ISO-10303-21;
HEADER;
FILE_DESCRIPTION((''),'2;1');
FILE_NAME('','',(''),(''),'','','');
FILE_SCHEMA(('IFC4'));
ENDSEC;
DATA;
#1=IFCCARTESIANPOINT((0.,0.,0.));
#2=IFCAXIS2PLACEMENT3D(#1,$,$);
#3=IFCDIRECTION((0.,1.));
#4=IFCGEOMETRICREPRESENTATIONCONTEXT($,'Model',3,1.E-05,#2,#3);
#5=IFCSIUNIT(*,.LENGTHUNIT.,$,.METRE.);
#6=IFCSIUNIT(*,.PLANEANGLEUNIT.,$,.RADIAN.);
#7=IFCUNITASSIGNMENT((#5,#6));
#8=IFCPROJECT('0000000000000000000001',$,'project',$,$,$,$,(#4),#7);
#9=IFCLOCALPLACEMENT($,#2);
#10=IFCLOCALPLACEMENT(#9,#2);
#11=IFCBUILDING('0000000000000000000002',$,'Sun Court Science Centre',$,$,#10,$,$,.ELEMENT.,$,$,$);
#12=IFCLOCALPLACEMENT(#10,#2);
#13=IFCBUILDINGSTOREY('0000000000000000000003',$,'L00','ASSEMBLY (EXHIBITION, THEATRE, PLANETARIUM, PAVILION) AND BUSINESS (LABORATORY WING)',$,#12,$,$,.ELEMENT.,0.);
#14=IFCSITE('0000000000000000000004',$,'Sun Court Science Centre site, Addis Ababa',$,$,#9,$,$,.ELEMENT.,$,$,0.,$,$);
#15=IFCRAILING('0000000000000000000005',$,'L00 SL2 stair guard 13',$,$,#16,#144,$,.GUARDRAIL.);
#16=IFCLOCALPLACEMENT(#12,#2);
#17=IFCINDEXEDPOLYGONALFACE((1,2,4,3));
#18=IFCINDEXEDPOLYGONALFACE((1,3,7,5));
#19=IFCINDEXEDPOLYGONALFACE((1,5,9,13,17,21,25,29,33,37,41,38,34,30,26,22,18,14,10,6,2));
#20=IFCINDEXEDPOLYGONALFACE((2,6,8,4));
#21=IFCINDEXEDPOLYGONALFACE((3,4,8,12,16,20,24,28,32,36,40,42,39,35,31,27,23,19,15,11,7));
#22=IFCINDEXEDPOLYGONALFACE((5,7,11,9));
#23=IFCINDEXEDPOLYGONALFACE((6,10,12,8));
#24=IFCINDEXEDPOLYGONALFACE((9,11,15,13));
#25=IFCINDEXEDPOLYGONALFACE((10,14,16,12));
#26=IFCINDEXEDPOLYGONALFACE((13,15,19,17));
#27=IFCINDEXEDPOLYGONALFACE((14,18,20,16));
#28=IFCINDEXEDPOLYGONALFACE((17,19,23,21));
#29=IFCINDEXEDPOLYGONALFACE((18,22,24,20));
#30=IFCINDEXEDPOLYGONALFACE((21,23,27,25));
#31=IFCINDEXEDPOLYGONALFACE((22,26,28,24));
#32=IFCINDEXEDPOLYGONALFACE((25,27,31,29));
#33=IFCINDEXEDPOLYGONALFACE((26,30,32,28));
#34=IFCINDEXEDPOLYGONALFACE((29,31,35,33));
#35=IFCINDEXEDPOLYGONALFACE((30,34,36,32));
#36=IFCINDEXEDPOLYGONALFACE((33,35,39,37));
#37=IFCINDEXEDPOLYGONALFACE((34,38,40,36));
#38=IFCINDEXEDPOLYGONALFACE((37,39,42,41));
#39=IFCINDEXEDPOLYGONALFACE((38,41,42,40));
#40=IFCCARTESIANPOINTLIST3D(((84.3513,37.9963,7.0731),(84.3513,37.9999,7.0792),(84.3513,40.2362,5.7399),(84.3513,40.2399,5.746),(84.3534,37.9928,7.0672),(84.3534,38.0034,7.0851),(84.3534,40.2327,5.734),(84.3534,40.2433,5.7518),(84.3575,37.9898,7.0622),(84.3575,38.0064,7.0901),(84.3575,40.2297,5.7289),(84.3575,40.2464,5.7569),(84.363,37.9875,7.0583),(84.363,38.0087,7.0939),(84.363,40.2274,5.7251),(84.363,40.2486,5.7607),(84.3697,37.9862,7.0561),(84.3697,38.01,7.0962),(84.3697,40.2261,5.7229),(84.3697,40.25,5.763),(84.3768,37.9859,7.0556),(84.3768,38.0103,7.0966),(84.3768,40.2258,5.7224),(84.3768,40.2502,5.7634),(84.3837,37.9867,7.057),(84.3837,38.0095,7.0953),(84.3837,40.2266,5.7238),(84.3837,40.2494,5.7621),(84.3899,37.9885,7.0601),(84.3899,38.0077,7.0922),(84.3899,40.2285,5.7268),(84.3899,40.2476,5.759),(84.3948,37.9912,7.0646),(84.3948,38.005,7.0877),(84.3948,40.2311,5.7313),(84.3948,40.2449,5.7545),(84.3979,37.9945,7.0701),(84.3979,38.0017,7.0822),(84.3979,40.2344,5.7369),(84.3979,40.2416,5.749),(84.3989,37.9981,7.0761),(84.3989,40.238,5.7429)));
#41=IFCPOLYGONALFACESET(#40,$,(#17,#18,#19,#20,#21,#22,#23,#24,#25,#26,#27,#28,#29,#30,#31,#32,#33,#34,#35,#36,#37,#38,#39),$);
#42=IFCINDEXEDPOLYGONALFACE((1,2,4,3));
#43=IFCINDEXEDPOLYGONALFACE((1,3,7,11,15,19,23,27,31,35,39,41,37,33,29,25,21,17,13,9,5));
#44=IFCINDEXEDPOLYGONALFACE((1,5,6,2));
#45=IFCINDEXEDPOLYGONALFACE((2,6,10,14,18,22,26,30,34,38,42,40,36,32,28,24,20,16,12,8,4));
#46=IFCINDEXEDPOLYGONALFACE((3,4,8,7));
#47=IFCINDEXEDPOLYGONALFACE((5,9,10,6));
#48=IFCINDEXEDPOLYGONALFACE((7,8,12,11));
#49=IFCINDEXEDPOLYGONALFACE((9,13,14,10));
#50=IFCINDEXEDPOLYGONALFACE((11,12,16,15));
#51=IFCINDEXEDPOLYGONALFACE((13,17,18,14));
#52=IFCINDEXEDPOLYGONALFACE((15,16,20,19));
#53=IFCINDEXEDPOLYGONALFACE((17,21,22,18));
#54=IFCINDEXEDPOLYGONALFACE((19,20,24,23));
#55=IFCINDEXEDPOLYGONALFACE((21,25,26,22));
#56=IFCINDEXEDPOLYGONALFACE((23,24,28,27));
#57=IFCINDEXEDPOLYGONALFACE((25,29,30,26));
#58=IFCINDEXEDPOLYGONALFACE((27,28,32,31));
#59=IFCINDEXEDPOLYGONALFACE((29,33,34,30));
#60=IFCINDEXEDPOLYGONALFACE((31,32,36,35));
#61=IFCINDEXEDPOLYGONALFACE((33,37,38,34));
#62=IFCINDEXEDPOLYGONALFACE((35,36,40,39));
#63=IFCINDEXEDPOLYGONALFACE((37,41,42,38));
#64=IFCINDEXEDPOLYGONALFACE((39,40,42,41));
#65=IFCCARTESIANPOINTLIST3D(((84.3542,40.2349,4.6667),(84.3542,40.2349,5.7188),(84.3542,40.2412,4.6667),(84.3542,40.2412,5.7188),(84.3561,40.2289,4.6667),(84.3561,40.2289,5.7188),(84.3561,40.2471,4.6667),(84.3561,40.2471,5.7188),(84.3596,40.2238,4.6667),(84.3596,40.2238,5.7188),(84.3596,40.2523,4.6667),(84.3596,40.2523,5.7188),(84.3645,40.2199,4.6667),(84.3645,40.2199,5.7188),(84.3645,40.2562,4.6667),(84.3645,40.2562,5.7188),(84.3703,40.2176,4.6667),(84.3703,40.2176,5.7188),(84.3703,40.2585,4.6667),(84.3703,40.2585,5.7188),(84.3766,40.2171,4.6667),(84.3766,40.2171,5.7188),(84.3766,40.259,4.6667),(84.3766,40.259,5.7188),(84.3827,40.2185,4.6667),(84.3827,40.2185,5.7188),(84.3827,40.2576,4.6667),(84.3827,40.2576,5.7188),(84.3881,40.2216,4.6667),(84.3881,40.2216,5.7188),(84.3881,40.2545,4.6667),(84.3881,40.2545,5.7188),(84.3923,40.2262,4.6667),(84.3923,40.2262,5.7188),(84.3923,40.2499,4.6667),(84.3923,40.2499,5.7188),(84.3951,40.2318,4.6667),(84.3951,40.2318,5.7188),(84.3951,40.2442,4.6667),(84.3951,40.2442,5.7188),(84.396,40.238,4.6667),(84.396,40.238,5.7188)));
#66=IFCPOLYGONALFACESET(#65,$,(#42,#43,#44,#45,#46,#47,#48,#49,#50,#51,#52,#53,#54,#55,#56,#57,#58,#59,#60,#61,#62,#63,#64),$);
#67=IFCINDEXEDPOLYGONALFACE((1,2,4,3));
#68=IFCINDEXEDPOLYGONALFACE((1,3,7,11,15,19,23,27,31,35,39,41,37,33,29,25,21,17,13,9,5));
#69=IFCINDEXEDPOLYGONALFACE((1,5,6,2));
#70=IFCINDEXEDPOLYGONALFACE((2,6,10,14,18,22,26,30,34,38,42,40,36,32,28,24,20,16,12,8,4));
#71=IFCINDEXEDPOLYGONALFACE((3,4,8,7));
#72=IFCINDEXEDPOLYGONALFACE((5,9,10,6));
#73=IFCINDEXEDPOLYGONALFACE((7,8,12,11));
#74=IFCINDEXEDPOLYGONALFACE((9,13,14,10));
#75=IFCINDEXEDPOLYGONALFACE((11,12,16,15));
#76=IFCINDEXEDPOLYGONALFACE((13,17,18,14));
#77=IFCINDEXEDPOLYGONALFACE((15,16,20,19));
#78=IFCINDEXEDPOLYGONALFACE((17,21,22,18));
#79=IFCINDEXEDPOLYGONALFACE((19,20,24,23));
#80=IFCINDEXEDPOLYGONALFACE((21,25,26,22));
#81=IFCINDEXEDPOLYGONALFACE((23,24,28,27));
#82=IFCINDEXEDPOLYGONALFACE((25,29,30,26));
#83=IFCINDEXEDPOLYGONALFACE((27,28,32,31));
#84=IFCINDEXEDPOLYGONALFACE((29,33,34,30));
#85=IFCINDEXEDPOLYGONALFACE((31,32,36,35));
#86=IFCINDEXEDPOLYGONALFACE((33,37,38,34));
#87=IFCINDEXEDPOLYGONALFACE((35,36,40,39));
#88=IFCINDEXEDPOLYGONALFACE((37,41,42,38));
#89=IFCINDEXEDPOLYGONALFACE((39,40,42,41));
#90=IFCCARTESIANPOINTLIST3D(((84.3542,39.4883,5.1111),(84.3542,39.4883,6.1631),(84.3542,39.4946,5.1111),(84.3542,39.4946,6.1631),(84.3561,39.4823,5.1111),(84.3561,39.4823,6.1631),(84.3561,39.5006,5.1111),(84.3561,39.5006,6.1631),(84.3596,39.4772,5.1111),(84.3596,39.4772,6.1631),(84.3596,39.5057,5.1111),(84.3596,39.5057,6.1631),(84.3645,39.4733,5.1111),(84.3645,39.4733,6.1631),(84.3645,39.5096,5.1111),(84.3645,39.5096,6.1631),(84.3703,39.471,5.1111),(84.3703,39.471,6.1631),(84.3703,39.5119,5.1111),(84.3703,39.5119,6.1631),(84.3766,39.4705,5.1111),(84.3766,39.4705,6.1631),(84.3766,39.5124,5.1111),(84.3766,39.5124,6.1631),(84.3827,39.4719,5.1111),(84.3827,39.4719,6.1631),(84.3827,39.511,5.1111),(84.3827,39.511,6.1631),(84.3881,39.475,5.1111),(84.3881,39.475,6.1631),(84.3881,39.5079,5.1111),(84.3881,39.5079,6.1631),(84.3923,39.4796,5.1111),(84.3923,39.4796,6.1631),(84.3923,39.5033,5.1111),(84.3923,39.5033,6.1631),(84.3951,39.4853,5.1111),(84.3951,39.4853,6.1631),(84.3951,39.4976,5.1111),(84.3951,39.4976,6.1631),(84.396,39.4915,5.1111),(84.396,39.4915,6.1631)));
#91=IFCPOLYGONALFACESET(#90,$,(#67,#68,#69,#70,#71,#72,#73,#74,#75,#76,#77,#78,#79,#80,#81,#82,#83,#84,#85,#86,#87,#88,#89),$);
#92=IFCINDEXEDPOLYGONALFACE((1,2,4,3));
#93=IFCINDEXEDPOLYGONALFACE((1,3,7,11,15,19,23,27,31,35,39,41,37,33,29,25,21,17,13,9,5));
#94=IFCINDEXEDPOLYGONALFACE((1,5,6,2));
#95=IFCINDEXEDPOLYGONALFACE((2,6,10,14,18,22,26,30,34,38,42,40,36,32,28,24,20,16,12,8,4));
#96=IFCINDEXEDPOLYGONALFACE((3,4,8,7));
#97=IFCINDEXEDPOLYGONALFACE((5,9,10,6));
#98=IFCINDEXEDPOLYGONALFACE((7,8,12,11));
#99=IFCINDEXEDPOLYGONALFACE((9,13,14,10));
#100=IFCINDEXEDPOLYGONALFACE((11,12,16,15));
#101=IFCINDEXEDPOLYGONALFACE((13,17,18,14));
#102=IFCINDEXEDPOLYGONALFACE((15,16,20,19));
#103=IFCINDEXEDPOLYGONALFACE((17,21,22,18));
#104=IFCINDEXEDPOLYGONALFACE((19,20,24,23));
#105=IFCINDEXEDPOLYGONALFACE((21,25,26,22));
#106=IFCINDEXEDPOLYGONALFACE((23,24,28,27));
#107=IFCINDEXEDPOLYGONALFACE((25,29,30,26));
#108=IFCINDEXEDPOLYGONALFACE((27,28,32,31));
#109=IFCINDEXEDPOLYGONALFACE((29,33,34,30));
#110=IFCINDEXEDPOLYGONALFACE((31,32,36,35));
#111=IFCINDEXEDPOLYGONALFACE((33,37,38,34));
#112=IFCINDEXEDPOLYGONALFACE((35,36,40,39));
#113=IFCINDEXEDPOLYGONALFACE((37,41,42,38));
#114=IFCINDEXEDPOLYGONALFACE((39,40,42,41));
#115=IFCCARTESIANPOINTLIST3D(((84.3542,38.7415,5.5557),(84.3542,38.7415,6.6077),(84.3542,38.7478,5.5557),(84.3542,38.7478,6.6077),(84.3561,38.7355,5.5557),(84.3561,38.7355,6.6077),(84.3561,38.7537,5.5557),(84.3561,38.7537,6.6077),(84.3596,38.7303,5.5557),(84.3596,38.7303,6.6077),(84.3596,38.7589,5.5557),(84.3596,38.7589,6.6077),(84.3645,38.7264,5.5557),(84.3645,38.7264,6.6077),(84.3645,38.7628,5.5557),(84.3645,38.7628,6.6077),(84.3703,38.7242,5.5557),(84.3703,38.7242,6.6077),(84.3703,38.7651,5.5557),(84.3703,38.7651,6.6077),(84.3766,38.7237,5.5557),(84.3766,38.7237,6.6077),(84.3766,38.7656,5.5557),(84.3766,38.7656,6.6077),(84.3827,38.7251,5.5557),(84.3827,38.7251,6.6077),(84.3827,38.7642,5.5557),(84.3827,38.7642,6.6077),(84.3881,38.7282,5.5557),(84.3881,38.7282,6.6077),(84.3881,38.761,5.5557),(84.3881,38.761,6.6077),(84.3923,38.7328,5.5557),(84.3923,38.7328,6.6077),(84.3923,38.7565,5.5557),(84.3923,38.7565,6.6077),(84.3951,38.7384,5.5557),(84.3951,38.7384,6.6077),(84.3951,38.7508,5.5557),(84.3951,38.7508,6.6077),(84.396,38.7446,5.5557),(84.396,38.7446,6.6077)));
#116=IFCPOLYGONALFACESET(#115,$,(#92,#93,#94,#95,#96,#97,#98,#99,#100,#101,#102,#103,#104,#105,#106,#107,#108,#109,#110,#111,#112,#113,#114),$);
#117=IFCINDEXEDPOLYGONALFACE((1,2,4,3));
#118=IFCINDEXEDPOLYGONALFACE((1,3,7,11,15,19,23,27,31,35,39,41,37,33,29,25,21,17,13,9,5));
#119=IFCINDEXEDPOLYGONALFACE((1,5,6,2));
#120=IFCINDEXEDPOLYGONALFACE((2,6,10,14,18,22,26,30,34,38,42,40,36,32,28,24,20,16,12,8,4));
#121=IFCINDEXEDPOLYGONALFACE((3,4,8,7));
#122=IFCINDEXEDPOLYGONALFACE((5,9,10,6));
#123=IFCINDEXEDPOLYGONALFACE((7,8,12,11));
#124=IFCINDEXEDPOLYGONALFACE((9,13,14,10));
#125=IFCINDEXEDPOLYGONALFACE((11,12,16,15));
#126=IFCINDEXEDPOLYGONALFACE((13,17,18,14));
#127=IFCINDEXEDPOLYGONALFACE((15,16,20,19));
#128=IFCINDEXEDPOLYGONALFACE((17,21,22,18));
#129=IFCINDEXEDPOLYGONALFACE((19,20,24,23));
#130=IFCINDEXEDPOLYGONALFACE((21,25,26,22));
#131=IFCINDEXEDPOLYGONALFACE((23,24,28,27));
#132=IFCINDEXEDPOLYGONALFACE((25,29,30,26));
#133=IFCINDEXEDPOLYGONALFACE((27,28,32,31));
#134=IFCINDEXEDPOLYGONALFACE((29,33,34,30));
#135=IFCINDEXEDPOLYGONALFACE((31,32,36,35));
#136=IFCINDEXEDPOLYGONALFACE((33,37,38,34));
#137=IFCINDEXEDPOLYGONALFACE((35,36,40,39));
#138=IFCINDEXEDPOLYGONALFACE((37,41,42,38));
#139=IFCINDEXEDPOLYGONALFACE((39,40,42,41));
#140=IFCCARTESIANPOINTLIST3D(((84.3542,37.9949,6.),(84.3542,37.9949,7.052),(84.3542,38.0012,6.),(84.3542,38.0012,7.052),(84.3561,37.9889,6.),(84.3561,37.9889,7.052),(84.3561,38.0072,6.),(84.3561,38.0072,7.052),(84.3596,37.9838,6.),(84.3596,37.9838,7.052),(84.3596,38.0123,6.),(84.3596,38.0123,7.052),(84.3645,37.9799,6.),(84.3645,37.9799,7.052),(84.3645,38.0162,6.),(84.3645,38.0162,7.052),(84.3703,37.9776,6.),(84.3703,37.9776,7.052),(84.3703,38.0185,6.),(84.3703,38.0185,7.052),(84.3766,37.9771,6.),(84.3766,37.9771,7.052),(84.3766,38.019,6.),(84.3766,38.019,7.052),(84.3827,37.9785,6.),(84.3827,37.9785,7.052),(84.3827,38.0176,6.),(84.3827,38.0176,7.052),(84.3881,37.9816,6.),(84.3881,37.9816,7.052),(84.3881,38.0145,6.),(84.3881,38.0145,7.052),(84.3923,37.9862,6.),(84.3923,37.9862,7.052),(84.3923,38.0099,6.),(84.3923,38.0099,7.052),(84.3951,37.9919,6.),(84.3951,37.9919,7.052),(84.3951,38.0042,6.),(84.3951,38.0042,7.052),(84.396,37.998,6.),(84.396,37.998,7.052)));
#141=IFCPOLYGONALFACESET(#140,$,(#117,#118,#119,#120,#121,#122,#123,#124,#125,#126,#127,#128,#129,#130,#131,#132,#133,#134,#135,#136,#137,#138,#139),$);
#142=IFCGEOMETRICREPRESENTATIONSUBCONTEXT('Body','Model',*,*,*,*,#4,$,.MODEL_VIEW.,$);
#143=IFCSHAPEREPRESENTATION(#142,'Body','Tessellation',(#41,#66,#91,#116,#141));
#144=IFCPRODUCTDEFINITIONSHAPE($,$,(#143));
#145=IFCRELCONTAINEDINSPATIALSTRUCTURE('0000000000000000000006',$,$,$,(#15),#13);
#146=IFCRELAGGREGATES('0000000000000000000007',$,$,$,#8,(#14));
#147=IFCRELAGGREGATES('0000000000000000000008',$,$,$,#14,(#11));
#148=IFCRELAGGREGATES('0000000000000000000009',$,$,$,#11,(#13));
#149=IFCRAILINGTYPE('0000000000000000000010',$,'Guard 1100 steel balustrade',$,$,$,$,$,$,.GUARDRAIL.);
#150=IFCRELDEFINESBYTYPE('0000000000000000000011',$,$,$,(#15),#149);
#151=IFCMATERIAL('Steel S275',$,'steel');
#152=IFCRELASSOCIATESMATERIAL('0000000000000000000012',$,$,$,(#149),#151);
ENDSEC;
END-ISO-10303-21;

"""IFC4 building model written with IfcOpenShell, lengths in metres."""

from ifc_helpers import new_model, si_unit, direction, frame, origin, origin_2d, place, context, subcontext, project, spatial, circle, extrude, material, type_object, element, save


model = new_model("IFC4")

# Units and contexts
model_context = context("Model", 3, precision=1e-05, world=origin(), true_north=direction((0.0, 1.0)))
body_context = subcontext(model_context, "Body", "Model", "MODEL_VIEW")
ifc_project = project(units=[si_unit("LENGTHUNIT", "METRE"), si_unit("PLANEANGLEUNIT", "RADIAN")], contexts=[model_context])

# Site, building, storey
site_placement = place(None, origin())
site = spatial("IfcSite", under=ifc_project, at=site_placement, Name="Sun Court Science Centre site, Addis Ababa", CompositionType="ELEMENT", RefElevation=0.0)
building_placement = place(site_placement, origin())
building = spatial("IfcBuilding", under=site, at=building_placement, Name="Sun Court Science Centre", CompositionType="ELEMENT")
storey_placement = place(building_placement, origin())
storey = spatial("IfcBuildingStorey", under=building, at=storey_placement, Name="L00", Description="ASSEMBLY (EXHIBITION, THEATRE, PLANETARIUM, PAVILION) AND BUSINESS (LABORATORY WING)", CompositionType="ELEMENT", Elevation=0.0)

# Railing
ifc_material_1 = material(Name="Steel S275", Category="steel")
railing_type_1 = type_object("IfcRailingType", Name="Guard 1100 steel balustrade", PredefinedType="GUARDRAIL", material=ifc_material_1)
railing_1_placement = place(storey_placement, frame((84.375, 40.238, 4.6667)))
element("IfcRailing", 1, at=railing_1_placement, inside=storey, type_object=railing_type_1, Name="L00 SL2 stair guard 13", PredefinedType="GUARDRAIL", context=body_context, shape_type="SweptSolid", body=[
    extrude(circle(Radius=0.0239, at=origin_2d()), frame((0.0, 0.0, 1.0762), z_axis=(0.0, -0.859306, 0.511462), x_axis=(1.0, 0.0, 0.0)), (0.0, 0.0, 1.0), 2.6067),
    extrude(circle(Radius=0.021, at=origin_2d()), origin(), (0.0, 0.0, 1.0), 1.052),
    extrude(circle(Radius=0.021, at=origin_2d()), frame((0.0, -0.7466, 0.4443)), (0.0, 0.0, 1.0), 1.052),
    extrude(circle(Radius=0.021, at=origin_2d()), frame((0.0, -1.4934, 0.8889)), (0.0, 0.0, 1.0), 1.052),
    extrude(circle(Radius=0.021, at=origin_2d()), frame((0.0, -2.24, 1.3333)), (0.0, 0.0, 1.0), 1.052),
])

save(model, "model.ifc")
